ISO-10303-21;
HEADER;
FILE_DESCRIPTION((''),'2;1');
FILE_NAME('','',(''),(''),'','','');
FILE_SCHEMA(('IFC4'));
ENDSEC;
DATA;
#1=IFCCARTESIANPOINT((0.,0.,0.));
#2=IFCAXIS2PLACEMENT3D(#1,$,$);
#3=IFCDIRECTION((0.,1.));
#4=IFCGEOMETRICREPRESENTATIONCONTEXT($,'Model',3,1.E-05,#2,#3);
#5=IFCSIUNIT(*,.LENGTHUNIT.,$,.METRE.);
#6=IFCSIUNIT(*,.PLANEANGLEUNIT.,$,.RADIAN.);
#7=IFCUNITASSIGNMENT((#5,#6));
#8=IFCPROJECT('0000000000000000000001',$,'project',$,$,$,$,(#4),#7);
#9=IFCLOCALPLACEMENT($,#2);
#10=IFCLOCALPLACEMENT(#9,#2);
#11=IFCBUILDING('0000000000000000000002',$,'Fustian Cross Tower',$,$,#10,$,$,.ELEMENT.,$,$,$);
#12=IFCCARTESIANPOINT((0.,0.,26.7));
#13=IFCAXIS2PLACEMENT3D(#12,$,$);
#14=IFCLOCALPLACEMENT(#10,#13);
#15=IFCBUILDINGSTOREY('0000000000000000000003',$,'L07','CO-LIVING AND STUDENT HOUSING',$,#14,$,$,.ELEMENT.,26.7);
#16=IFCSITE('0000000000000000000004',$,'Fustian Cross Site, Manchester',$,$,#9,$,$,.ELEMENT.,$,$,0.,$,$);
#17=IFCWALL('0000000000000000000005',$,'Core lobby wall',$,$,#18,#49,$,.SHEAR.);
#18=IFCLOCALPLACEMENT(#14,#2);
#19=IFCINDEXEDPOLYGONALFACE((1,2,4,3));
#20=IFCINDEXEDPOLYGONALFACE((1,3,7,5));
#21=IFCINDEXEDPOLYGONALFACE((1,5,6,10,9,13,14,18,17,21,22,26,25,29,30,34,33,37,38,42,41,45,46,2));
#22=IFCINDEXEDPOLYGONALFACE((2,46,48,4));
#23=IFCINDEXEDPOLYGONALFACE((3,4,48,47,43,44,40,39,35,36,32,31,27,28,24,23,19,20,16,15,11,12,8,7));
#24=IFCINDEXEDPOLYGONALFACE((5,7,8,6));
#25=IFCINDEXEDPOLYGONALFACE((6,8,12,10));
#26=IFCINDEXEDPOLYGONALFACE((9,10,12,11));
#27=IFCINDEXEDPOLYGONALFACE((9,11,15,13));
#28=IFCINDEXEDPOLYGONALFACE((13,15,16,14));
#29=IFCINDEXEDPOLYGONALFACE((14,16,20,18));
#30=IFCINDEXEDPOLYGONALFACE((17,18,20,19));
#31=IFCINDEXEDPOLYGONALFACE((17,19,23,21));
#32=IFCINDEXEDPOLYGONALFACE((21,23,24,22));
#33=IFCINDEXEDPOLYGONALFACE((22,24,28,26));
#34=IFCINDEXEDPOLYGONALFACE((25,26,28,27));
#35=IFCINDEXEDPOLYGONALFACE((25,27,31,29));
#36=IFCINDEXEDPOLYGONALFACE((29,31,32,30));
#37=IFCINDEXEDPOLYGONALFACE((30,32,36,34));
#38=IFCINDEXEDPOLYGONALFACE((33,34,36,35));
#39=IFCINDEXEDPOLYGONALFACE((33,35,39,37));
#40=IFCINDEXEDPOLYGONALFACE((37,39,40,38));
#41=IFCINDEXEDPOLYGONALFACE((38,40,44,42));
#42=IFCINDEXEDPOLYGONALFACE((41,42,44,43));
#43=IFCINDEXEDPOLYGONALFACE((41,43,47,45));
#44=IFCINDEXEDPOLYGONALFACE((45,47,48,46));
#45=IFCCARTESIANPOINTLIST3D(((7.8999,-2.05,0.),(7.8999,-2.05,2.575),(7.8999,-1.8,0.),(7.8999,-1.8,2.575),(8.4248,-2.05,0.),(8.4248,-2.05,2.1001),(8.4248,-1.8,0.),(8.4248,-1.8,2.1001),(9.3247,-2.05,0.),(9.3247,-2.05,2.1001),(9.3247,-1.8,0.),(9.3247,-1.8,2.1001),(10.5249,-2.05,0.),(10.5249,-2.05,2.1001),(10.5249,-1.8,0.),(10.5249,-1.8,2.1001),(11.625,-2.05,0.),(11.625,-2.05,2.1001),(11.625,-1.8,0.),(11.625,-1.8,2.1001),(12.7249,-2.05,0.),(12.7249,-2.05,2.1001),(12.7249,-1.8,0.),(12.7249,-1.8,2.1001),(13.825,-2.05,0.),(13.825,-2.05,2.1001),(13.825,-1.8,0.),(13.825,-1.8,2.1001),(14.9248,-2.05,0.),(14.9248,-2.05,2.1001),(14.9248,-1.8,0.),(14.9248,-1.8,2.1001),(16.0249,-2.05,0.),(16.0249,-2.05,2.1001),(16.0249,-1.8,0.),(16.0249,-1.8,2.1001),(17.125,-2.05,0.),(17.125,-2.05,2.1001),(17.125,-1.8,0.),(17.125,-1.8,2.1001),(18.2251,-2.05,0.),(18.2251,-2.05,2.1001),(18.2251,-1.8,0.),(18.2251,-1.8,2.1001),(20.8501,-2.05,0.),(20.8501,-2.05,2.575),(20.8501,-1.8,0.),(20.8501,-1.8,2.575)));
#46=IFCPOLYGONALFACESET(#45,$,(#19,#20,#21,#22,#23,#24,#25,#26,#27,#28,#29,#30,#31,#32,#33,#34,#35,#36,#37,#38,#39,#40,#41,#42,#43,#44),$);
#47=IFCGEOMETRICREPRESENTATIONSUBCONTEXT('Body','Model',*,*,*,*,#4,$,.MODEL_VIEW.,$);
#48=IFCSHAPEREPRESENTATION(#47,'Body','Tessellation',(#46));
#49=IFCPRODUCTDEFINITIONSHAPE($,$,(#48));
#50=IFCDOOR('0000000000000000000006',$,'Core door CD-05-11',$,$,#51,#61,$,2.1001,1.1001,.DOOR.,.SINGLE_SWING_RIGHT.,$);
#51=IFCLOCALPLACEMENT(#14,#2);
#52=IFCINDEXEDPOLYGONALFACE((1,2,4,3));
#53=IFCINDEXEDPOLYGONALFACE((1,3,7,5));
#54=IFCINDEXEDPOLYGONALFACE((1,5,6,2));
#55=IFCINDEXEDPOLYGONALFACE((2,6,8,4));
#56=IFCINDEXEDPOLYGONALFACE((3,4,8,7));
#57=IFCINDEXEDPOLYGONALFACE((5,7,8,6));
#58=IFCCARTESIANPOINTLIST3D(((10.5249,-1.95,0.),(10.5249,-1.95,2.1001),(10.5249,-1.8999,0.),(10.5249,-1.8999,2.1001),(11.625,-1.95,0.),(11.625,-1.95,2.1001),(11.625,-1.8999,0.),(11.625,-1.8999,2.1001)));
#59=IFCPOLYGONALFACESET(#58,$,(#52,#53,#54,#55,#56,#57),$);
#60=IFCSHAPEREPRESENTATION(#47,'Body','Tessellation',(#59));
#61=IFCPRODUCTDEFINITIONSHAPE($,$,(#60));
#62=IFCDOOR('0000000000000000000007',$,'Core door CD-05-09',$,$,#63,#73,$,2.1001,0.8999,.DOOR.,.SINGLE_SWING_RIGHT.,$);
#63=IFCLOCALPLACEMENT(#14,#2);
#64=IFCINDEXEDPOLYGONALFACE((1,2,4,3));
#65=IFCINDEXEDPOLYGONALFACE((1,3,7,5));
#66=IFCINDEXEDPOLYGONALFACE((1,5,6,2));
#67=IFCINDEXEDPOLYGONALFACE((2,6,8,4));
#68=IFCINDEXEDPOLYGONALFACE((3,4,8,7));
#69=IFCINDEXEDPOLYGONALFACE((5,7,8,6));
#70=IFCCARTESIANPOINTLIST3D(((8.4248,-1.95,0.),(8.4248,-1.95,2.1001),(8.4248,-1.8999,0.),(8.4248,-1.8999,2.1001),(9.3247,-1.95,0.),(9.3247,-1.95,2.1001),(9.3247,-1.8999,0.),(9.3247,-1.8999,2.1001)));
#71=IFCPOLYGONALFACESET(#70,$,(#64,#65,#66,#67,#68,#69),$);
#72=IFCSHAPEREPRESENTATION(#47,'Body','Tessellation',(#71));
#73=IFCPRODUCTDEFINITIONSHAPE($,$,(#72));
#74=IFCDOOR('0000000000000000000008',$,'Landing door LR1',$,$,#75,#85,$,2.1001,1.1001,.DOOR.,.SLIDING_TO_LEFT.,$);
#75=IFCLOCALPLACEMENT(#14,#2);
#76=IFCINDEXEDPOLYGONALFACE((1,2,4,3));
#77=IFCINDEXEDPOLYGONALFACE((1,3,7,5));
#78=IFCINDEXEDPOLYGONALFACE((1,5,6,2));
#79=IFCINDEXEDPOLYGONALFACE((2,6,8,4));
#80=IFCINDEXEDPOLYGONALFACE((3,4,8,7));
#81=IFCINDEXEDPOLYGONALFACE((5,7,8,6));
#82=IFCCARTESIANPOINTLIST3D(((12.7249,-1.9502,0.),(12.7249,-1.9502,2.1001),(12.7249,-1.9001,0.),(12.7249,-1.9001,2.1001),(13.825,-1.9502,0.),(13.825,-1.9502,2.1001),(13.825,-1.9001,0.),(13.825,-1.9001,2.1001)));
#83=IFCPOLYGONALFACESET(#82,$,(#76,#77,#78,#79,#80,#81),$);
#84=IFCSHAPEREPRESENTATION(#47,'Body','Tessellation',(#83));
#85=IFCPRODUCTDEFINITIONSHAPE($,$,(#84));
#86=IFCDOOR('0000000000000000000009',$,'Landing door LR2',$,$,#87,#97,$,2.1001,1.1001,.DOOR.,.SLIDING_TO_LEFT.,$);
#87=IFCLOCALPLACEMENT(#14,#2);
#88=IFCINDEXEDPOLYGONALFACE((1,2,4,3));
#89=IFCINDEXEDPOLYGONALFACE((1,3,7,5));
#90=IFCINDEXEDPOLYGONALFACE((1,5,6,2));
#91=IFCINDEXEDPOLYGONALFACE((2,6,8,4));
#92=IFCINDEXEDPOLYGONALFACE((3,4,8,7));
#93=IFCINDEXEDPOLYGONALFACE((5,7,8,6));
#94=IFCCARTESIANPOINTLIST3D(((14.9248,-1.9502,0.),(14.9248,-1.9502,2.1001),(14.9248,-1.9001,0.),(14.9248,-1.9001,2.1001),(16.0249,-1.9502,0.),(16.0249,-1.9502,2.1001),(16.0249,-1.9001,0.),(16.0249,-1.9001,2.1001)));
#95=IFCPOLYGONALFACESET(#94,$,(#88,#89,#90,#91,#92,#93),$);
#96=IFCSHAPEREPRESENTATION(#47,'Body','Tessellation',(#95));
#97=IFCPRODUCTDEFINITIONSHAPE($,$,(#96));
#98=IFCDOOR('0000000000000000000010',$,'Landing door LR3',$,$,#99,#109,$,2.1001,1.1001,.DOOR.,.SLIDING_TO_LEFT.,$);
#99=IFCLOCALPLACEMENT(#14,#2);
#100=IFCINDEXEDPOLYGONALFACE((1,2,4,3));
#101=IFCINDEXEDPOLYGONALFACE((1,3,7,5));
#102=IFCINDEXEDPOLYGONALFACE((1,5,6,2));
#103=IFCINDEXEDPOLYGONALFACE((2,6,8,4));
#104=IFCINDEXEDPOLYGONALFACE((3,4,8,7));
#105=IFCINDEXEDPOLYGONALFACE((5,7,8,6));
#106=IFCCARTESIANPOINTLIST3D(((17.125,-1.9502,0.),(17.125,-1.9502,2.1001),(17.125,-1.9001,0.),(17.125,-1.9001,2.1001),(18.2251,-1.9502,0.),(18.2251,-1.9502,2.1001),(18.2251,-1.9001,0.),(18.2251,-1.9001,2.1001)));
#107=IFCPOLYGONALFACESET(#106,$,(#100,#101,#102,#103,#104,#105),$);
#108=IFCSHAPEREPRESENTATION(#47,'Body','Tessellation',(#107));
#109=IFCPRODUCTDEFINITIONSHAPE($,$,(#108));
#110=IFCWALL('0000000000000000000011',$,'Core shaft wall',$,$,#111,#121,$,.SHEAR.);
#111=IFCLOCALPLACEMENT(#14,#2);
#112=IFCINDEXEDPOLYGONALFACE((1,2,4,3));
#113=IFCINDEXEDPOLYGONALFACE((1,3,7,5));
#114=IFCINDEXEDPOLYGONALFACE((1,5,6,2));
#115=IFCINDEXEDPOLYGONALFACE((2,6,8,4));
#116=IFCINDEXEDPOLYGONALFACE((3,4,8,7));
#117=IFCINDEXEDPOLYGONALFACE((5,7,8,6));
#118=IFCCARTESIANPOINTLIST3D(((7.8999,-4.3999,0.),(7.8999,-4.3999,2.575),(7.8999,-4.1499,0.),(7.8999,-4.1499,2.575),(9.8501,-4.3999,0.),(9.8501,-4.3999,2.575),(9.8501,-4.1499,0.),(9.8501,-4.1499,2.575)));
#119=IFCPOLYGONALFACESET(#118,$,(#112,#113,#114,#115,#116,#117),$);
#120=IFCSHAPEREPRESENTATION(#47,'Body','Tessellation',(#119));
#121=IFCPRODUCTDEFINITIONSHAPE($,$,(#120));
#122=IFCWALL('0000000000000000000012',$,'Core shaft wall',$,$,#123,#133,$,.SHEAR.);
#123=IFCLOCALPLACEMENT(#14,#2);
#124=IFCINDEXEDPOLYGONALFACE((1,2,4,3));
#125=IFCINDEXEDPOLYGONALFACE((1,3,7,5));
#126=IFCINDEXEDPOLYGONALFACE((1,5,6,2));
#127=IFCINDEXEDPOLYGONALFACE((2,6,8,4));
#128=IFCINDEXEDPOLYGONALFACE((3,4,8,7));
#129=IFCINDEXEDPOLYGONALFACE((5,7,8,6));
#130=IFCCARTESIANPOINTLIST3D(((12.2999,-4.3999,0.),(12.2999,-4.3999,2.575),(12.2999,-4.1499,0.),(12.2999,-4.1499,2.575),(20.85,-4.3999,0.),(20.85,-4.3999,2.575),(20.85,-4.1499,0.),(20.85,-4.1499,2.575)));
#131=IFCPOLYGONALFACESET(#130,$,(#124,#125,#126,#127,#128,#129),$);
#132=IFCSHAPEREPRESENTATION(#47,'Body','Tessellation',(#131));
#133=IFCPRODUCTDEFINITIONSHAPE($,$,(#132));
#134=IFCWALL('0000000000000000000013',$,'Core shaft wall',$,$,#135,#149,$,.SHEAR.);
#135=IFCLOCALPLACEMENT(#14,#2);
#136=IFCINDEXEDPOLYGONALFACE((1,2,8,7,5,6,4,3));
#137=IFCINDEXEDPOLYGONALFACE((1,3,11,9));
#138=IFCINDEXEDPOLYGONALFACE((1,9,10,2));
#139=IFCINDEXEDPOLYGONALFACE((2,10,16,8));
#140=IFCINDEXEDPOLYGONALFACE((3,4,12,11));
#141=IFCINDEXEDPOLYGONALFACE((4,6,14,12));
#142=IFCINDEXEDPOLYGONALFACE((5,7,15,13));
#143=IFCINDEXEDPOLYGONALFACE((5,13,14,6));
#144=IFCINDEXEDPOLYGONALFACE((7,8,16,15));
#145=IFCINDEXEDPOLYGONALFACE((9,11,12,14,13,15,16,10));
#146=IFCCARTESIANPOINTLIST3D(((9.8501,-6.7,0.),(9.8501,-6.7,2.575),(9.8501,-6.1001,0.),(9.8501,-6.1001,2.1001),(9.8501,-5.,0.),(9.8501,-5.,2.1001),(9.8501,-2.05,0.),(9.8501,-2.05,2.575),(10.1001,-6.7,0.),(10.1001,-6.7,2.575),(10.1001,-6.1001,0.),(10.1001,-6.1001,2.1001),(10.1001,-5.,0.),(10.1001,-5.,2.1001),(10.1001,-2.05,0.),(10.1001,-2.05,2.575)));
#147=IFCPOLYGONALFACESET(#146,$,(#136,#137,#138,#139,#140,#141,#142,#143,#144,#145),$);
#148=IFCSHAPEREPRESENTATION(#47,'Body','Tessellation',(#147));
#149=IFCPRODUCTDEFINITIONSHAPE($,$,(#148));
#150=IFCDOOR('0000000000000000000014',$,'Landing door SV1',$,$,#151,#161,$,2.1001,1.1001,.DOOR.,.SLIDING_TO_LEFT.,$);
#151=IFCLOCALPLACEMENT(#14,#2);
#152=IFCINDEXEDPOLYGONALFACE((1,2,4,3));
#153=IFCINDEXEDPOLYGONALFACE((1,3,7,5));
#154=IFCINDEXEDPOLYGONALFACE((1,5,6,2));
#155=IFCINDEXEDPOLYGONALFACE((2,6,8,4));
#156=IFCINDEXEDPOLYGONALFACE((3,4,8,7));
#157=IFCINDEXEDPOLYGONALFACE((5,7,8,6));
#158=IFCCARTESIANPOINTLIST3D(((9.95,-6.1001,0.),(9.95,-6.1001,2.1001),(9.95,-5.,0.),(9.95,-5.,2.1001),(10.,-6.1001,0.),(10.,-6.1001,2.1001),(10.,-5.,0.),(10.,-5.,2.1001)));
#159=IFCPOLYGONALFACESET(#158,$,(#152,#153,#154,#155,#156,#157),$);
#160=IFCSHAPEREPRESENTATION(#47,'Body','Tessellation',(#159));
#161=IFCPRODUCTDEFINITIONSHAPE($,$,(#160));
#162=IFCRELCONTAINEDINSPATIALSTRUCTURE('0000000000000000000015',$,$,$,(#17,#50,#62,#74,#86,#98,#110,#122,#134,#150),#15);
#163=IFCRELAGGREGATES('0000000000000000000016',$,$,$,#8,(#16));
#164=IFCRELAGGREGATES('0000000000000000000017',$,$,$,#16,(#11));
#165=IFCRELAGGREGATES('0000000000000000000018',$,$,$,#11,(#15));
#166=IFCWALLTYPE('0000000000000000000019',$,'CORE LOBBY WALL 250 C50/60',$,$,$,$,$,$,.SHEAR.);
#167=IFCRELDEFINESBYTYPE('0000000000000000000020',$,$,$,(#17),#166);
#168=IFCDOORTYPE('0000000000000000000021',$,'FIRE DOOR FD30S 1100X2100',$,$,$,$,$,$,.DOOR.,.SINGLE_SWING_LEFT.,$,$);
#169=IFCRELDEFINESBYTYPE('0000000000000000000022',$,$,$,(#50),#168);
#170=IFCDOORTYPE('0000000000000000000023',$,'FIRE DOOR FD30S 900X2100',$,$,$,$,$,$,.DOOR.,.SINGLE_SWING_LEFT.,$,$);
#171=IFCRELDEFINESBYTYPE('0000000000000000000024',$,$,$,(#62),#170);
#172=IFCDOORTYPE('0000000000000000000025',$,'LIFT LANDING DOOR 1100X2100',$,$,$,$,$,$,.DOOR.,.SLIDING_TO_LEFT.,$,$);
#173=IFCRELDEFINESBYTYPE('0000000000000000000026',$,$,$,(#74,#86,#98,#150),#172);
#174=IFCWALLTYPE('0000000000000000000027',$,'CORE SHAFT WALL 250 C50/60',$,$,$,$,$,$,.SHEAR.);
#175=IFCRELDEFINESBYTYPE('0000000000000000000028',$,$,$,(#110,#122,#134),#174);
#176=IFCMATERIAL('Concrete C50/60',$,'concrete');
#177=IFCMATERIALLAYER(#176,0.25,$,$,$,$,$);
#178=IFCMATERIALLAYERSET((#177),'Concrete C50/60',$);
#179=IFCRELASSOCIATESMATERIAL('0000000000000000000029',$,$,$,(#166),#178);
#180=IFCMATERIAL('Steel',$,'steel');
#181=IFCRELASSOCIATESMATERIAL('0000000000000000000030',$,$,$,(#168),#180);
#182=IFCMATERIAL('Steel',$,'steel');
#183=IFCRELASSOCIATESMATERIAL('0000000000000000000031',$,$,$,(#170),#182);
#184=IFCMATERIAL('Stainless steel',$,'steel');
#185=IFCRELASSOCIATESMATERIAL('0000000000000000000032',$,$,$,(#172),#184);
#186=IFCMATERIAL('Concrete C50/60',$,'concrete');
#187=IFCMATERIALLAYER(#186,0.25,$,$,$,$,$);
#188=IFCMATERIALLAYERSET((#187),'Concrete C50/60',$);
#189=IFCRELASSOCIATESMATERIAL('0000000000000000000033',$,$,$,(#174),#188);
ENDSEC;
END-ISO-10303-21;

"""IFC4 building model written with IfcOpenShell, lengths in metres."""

from ifc_helpers import new_model, si_unit, direction, frame, frame_2d, origin, place, context, subcontext, project, spatial, rectangle, extrude, material, layer, layer_set, type_object, element, fill, save


model = new_model("IFC4")

# Units and contexts
model_context = context("Model", 3, precision=1e-05, world=origin(), true_north=direction((0.0, 1.0)))
body_context = subcontext(model_context, "Body", "Model", "MODEL_VIEW")
ifc_project = project(units=[si_unit("LENGTHUNIT", "METRE"), si_unit("PLANEANGLEUNIT", "RADIAN")], contexts=[model_context])

# Site, building, storey
site_placement = place(None, origin())
site = spatial("IfcSite", under=ifc_project, at=site_placement, Name="Fustian Cross Site, Manchester", CompositionType="ELEMENT", RefElevation=0.0)
building_placement = place(site_placement, origin())
building = spatial("IfcBuilding", under=site, at=building_placement, Name="Fustian Cross Tower", CompositionType="ELEMENT")
storey_placement = place(building_placement, frame((0.0, 0.0, 26.7)))
storey = spatial("IfcBuildingStorey", under=building, at=storey_placement, Name="L07", Description="CO-LIVING AND STUDENT HOUSING", CompositionType="ELEMENT", Elevation=26.7)

# Wall, openings, doors
ifc_material_1 = material(Name="Concrete C50/60", Category="concrete")
ifc_layer_1 = layer(ifc_material_1, 0.25)
ifc_layer_set_1 = layer_set([ifc_layer_1], Name="Concrete C50/60")
wall_type_1 = type_object("IfcWallType", Name="CORE LOBBY WALL 250 C50/60", PredefinedType="SHEAR", material=ifc_layer_set_1)
wall_1_placement = place(storey_placement, frame((7.8999, -1.925, 0.0), z_axis=(0.0, 0.0, 1.0), x_axis=(1.0, 0.0, 0.0)))
wall_1 = element("IfcWall", 1, at=wall_1_placement, inside=storey, type_object=wall_type_1, Name="Core lobby wall", PredefinedType="SHEAR", context=body_context, shape_type="SweptSolid", body=[
    extrude(rectangle(XDim=12.9502, YDim=0.25, at=frame_2d((6.4751, 0.0))), origin(), (0.0, 0.0, 1.0), 2.575),
])
opening_1_placement = place(wall_1_placement, frame((4.825, 0.0, 0.0)))
opening_1 = element("IfcOpeningElement", 2, at=opening_1_placement, cuts=wall_1, PredefinedType="OPENING", context=body_context, shape_type="SweptSolid", body=[
    extrude(rectangle(XDim=1.1001, YDim=2.1001, at=frame_2d((0.55, 1.05))), frame((0.0, 0.135, 0.0), z_axis=(0.0, -1.0, 0.0), x_axis=(1.0, 0.0, 0.0)), (0.0, 0.0, 1.0), 0.27),
])
opening_2_placement = place(wall_1_placement, frame((7.0249, 0.0, 0.0)))
opening_2 = element("IfcOpeningElement", 3, at=opening_2_placement, cuts=wall_1, PredefinedType="OPENING", context=body_context, shape_type="SweptSolid", body=[
    extrude(rectangle(XDim=1.1001, YDim=2.1001, at=frame_2d((0.55, 1.05))), frame((0.0, 0.135, 0.0), z_axis=(0.0, -1.0, 0.0), x_axis=(1.0, 0.0, 0.0)), (0.0, 0.0, 1.0), 0.27),
])
opening_3_placement = place(wall_1_placement, frame((9.2251, 0.0, 0.0)))
opening_3 = element("IfcOpeningElement", 4, at=opening_3_placement, cuts=wall_1, PredefinedType="OPENING", context=body_context, shape_type="SweptSolid", body=[
    extrude(rectangle(XDim=1.1001, YDim=2.1001, at=frame_2d((0.55, 1.05))), frame((0.0, 0.135, 0.0), z_axis=(0.0, -1.0, 0.0), x_axis=(1.0, 0.0, 0.0)), (0.0, 0.0, 1.0), 0.27),
])
opening_4_placement = place(wall_1_placement, frame((0.5249, 0.0, 0.0)))
opening_4 = element("IfcOpeningElement", 5, at=opening_4_placement, cuts=wall_1, PredefinedType="OPENING", context=body_context, shape_type="SweptSolid", body=[
    extrude(rectangle(XDim=0.8999, YDim=2.1001, at=frame_2d((0.45, 1.05))), frame((0.0, 0.135, 0.0), z_axis=(0.0, -1.0, 0.0), x_axis=(1.0, 0.0, 0.0)), (0.0, 0.0, 1.0), 0.27),
])
opening_5_placement = place(wall_1_placement, frame((2.625, 0.0, 0.0)))
opening_5 = element("IfcOpeningElement", 6, at=opening_5_placement, cuts=wall_1, PredefinedType="OPENING", context=body_context, shape_type="SweptSolid", body=[
    extrude(rectangle(XDim=1.1001, YDim=2.1001, at=frame_2d((0.55, 1.05))), frame((0.0, 0.135, 0.0), z_axis=(0.0, -1.0, 0.0), x_axis=(1.0, 0.0, 0.0)), (0.0, 0.0, 1.0), 0.27),
])
ifc_material_2 = material(Name="Steel", Category="steel")
door_type_1 = type_object("IfcDoorType", Name="FIRE DOOR FD30S 1100X2100", OperationType="SINGLE_SWING_LEFT", PredefinedType="DOOR", material=ifc_material_2)
door_1_placement = place(opening_5_placement, frame((1.1001, 0.0, 0.0), z_axis=(0.0, 0.0, 1.0), x_axis=(-1.0, 0.0, 0.0)))
door_1 = element("IfcDoor", 7, at=door_1_placement, inside=storey, type_object=door_type_1, Name="Core door CD-05-11", OperationType="SINGLE_SWING_RIGHT", OverallHeight=2.1001, OverallWidth=1.1001, PredefinedType="DOOR", context=body_context, shape_type="SweptSolid", body=[
    extrude(rectangle(XDim=1.1001, YDim=2.1001, at=frame_2d((0.55, 1.05))), frame((0.0, 0.0249, 0.0), z_axis=(0.0, -1.0, 0.0), x_axis=(1.0, 0.0, 0.0)), (0.0, 0.0, 1.0), 0.05),
])
fill(opening_5, door_1)
ifc_material_3 = material(Name="Steel", Category="steel")
door_type_2 = type_object("IfcDoorType", Name="FIRE DOOR FD30S 900X2100", OperationType="SINGLE_SWING_LEFT", PredefinedType="DOOR", material=ifc_material_3)
door_2_placement = place(opening_4_placement, frame((0.8999, 0.0, 0.0), z_axis=(0.0, 0.0, 1.0), x_axis=(-1.0, 0.0, 0.0)))
door_2 = element("IfcDoor", 8, at=door_2_placement, inside=storey, type_object=door_type_2, Name="Core door CD-05-09", OperationType="SINGLE_SWING_RIGHT", OverallHeight=2.1001, OverallWidth=0.8999, PredefinedType="DOOR", context=body_context, shape_type="SweptSolid", body=[
    extrude(rectangle(XDim=0.8999, YDim=2.1001, at=frame_2d((0.45, 1.05))), frame((0.0, 0.0249, 0.0), z_axis=(0.0, -1.0, 0.0), x_axis=(1.0, 0.0, 0.0)), (0.0, 0.0, 1.0), 0.05),
])
fill(opening_4, door_2)
ifc_material_4 = material(Name="Stainless steel", Category="steel")
door_type_3 = type_object("IfcDoorType", Name="LIFT LANDING DOOR 1100X2100", OperationType="SLIDING_TO_LEFT", PredefinedType="DOOR", material=ifc_material_4)
door_3_placement = place(opening_1_placement, origin())
door_3 = element("IfcDoor", 9, at=door_3_placement, inside=storey, type_object=door_type_3, Name="Landing door LR1", OperationType="SLIDING_TO_LEFT", OverallHeight=2.1001, OverallWidth=1.1001, PredefinedType="DOOR", context=body_context, shape_type="SweptSolid", body=[
    extrude(rectangle(XDim=1.1001, YDim=2.1001, at=frame_2d((0.55, 1.05))), frame((0.0, 0.0249, 0.0), z_axis=(0.0, -1.0, 0.0), x_axis=(1.0, 0.0, 0.0)), (0.0, 0.0, 1.0), 0.05),
])
fill(opening_1, door_3)
door_4_placement = place(opening_2_placement, origin())
door_4 = element("IfcDoor", 10, at=door_4_placement, inside=storey, type_object=door_type_3, Name="Landing door LR2", OperationType="SLIDING_TO_LEFT", OverallHeight=2.1001, OverallWidth=1.1001, PredefinedType="DOOR", context=body_context, shape_type="SweptSolid", body=[
    extrude(rectangle(XDim=1.1001, YDim=2.1001, at=frame_2d((0.55, 1.05))), frame((0.0, 0.0249, 0.0), z_axis=(0.0, -1.0, 0.0), x_axis=(1.0, 0.0, 0.0)), (0.0, 0.0, 1.0), 0.05),
])
fill(opening_2, door_4)
door_5_placement = place(opening_3_placement, origin())
door_5 = element("IfcDoor", 11, at=door_5_placement, inside=storey, type_object=door_type_3, Name="Landing door LR3", OperationType="SLIDING_TO_LEFT", OverallHeight=2.1001, OverallWidth=1.1001, PredefinedType="DOOR", context=body_context, shape_type="SweptSolid", body=[
    extrude(rectangle(XDim=1.1001, YDim=2.1001, at=frame_2d((0.55, 1.05))), frame((0.0, 0.0249, 0.0), z_axis=(0.0, -1.0, 0.0), x_axis=(1.0, 0.0, 0.0)), (0.0, 0.0, 1.0), 0.05),
])
fill(opening_3, door_5)

# Walls
ifc_material_5 = material(Name="Concrete C50/60", Category="concrete")
ifc_layer_2 = layer(ifc_material_5, 0.25)
ifc_layer_set_2 = layer_set([ifc_layer_2], Name="Concrete C50/60")
wall_type_2 = type_object("IfcWallType", Name="CORE SHAFT WALL 250 C50/60", PredefinedType="SHEAR", material=ifc_layer_set_2)
wall_2_placement = place(storey_placement, frame((7.8999, -4.2749, 0.0), z_axis=(0.0, 0.0, 1.0), x_axis=(1.0, 0.0, 0.0)))
element("IfcWall", 12, at=wall_2_placement, inside=storey, type_object=wall_type_2, Name="Core shaft wall", PredefinedType="SHEAR", context=body_context, shape_type="SweptSolid", body=[
    extrude(rectangle(XDim=1.9502, YDim=0.25, at=frame_2d((0.9751, 0.0))), origin(), (0.0, 0.0, 1.0), 2.575),
])
wall_3_placement = place(storey_placement, frame((12.3, -4.2749, 0.0), z_axis=(0.0, 0.0, 1.0), x_axis=(1.0, 0.0, 0.0)))
element("IfcWall", 13, at=wall_3_placement, inside=storey, type_object=wall_type_2, Name="Core shaft wall", PredefinedType="SHEAR", context=body_context, shape_type="SweptSolid", body=[
    extrude(rectangle(XDim=8.55, YDim=0.25, at=frame_2d((4.2749, 0.0))), origin(), (0.0, 0.0, 1.0), 2.575),
])

# Wall, opening, door
wall_4_placement = place(storey_placement, frame((9.9751, -2.05, 0.0), z_axis=(0.0, 0.0, 1.0), x_axis=(0.0, -1.0, 0.0)))
wall_4 = element("IfcWall", 14, at=wall_4_placement, inside=storey, type_object=wall_type_2, Name="Core shaft wall", PredefinedType="SHEAR", context=body_context, shape_type="SweptSolid", body=[
    extrude(rectangle(XDim=4.6499, YDim=0.25, at=frame_2d((2.325, 0.0))), origin(), (0.0, 0.0, 1.0), 2.575),
])
opening_6_placement = place(wall_4_placement, frame((2.95, 0.0, 0.0)))
opening_6 = element("IfcOpeningElement", 15, at=opening_6_placement, cuts=wall_4, PredefinedType="OPENING", context=body_context, shape_type="SweptSolid", body=[
    extrude(rectangle(XDim=1.1001, YDim=2.1001, at=frame_2d((0.55, 1.05))), frame((0.0, 0.135, 0.0), z_axis=(0.0, -1.0, 0.0), x_axis=(1.0, 0.0, 0.0)), (0.0, 0.0, 1.0), 0.27),
])
door_6_placement = place(opening_6_placement, origin())
door_6 = element("IfcDoor", 16, at=door_6_placement, inside=storey, type_object=door_type_3, Name="Landing door SV1", OperationType="SLIDING_TO_LEFT", OverallHeight=2.1001, OverallWidth=1.1001, PredefinedType="DOOR", context=body_context, shape_type="SweptSolid", body=[
    extrude(rectangle(XDim=1.1001, YDim=2.1001, at=frame_2d((0.55, 1.05))), frame((0.0, 0.0249, 0.0), z_axis=(0.0, -1.0, 0.0), x_axis=(1.0, 0.0, 0.0)), (0.0, 0.0, 1.0), 0.05),
])
fill(opening_6, door_6)

save(model, "model.ifc")
